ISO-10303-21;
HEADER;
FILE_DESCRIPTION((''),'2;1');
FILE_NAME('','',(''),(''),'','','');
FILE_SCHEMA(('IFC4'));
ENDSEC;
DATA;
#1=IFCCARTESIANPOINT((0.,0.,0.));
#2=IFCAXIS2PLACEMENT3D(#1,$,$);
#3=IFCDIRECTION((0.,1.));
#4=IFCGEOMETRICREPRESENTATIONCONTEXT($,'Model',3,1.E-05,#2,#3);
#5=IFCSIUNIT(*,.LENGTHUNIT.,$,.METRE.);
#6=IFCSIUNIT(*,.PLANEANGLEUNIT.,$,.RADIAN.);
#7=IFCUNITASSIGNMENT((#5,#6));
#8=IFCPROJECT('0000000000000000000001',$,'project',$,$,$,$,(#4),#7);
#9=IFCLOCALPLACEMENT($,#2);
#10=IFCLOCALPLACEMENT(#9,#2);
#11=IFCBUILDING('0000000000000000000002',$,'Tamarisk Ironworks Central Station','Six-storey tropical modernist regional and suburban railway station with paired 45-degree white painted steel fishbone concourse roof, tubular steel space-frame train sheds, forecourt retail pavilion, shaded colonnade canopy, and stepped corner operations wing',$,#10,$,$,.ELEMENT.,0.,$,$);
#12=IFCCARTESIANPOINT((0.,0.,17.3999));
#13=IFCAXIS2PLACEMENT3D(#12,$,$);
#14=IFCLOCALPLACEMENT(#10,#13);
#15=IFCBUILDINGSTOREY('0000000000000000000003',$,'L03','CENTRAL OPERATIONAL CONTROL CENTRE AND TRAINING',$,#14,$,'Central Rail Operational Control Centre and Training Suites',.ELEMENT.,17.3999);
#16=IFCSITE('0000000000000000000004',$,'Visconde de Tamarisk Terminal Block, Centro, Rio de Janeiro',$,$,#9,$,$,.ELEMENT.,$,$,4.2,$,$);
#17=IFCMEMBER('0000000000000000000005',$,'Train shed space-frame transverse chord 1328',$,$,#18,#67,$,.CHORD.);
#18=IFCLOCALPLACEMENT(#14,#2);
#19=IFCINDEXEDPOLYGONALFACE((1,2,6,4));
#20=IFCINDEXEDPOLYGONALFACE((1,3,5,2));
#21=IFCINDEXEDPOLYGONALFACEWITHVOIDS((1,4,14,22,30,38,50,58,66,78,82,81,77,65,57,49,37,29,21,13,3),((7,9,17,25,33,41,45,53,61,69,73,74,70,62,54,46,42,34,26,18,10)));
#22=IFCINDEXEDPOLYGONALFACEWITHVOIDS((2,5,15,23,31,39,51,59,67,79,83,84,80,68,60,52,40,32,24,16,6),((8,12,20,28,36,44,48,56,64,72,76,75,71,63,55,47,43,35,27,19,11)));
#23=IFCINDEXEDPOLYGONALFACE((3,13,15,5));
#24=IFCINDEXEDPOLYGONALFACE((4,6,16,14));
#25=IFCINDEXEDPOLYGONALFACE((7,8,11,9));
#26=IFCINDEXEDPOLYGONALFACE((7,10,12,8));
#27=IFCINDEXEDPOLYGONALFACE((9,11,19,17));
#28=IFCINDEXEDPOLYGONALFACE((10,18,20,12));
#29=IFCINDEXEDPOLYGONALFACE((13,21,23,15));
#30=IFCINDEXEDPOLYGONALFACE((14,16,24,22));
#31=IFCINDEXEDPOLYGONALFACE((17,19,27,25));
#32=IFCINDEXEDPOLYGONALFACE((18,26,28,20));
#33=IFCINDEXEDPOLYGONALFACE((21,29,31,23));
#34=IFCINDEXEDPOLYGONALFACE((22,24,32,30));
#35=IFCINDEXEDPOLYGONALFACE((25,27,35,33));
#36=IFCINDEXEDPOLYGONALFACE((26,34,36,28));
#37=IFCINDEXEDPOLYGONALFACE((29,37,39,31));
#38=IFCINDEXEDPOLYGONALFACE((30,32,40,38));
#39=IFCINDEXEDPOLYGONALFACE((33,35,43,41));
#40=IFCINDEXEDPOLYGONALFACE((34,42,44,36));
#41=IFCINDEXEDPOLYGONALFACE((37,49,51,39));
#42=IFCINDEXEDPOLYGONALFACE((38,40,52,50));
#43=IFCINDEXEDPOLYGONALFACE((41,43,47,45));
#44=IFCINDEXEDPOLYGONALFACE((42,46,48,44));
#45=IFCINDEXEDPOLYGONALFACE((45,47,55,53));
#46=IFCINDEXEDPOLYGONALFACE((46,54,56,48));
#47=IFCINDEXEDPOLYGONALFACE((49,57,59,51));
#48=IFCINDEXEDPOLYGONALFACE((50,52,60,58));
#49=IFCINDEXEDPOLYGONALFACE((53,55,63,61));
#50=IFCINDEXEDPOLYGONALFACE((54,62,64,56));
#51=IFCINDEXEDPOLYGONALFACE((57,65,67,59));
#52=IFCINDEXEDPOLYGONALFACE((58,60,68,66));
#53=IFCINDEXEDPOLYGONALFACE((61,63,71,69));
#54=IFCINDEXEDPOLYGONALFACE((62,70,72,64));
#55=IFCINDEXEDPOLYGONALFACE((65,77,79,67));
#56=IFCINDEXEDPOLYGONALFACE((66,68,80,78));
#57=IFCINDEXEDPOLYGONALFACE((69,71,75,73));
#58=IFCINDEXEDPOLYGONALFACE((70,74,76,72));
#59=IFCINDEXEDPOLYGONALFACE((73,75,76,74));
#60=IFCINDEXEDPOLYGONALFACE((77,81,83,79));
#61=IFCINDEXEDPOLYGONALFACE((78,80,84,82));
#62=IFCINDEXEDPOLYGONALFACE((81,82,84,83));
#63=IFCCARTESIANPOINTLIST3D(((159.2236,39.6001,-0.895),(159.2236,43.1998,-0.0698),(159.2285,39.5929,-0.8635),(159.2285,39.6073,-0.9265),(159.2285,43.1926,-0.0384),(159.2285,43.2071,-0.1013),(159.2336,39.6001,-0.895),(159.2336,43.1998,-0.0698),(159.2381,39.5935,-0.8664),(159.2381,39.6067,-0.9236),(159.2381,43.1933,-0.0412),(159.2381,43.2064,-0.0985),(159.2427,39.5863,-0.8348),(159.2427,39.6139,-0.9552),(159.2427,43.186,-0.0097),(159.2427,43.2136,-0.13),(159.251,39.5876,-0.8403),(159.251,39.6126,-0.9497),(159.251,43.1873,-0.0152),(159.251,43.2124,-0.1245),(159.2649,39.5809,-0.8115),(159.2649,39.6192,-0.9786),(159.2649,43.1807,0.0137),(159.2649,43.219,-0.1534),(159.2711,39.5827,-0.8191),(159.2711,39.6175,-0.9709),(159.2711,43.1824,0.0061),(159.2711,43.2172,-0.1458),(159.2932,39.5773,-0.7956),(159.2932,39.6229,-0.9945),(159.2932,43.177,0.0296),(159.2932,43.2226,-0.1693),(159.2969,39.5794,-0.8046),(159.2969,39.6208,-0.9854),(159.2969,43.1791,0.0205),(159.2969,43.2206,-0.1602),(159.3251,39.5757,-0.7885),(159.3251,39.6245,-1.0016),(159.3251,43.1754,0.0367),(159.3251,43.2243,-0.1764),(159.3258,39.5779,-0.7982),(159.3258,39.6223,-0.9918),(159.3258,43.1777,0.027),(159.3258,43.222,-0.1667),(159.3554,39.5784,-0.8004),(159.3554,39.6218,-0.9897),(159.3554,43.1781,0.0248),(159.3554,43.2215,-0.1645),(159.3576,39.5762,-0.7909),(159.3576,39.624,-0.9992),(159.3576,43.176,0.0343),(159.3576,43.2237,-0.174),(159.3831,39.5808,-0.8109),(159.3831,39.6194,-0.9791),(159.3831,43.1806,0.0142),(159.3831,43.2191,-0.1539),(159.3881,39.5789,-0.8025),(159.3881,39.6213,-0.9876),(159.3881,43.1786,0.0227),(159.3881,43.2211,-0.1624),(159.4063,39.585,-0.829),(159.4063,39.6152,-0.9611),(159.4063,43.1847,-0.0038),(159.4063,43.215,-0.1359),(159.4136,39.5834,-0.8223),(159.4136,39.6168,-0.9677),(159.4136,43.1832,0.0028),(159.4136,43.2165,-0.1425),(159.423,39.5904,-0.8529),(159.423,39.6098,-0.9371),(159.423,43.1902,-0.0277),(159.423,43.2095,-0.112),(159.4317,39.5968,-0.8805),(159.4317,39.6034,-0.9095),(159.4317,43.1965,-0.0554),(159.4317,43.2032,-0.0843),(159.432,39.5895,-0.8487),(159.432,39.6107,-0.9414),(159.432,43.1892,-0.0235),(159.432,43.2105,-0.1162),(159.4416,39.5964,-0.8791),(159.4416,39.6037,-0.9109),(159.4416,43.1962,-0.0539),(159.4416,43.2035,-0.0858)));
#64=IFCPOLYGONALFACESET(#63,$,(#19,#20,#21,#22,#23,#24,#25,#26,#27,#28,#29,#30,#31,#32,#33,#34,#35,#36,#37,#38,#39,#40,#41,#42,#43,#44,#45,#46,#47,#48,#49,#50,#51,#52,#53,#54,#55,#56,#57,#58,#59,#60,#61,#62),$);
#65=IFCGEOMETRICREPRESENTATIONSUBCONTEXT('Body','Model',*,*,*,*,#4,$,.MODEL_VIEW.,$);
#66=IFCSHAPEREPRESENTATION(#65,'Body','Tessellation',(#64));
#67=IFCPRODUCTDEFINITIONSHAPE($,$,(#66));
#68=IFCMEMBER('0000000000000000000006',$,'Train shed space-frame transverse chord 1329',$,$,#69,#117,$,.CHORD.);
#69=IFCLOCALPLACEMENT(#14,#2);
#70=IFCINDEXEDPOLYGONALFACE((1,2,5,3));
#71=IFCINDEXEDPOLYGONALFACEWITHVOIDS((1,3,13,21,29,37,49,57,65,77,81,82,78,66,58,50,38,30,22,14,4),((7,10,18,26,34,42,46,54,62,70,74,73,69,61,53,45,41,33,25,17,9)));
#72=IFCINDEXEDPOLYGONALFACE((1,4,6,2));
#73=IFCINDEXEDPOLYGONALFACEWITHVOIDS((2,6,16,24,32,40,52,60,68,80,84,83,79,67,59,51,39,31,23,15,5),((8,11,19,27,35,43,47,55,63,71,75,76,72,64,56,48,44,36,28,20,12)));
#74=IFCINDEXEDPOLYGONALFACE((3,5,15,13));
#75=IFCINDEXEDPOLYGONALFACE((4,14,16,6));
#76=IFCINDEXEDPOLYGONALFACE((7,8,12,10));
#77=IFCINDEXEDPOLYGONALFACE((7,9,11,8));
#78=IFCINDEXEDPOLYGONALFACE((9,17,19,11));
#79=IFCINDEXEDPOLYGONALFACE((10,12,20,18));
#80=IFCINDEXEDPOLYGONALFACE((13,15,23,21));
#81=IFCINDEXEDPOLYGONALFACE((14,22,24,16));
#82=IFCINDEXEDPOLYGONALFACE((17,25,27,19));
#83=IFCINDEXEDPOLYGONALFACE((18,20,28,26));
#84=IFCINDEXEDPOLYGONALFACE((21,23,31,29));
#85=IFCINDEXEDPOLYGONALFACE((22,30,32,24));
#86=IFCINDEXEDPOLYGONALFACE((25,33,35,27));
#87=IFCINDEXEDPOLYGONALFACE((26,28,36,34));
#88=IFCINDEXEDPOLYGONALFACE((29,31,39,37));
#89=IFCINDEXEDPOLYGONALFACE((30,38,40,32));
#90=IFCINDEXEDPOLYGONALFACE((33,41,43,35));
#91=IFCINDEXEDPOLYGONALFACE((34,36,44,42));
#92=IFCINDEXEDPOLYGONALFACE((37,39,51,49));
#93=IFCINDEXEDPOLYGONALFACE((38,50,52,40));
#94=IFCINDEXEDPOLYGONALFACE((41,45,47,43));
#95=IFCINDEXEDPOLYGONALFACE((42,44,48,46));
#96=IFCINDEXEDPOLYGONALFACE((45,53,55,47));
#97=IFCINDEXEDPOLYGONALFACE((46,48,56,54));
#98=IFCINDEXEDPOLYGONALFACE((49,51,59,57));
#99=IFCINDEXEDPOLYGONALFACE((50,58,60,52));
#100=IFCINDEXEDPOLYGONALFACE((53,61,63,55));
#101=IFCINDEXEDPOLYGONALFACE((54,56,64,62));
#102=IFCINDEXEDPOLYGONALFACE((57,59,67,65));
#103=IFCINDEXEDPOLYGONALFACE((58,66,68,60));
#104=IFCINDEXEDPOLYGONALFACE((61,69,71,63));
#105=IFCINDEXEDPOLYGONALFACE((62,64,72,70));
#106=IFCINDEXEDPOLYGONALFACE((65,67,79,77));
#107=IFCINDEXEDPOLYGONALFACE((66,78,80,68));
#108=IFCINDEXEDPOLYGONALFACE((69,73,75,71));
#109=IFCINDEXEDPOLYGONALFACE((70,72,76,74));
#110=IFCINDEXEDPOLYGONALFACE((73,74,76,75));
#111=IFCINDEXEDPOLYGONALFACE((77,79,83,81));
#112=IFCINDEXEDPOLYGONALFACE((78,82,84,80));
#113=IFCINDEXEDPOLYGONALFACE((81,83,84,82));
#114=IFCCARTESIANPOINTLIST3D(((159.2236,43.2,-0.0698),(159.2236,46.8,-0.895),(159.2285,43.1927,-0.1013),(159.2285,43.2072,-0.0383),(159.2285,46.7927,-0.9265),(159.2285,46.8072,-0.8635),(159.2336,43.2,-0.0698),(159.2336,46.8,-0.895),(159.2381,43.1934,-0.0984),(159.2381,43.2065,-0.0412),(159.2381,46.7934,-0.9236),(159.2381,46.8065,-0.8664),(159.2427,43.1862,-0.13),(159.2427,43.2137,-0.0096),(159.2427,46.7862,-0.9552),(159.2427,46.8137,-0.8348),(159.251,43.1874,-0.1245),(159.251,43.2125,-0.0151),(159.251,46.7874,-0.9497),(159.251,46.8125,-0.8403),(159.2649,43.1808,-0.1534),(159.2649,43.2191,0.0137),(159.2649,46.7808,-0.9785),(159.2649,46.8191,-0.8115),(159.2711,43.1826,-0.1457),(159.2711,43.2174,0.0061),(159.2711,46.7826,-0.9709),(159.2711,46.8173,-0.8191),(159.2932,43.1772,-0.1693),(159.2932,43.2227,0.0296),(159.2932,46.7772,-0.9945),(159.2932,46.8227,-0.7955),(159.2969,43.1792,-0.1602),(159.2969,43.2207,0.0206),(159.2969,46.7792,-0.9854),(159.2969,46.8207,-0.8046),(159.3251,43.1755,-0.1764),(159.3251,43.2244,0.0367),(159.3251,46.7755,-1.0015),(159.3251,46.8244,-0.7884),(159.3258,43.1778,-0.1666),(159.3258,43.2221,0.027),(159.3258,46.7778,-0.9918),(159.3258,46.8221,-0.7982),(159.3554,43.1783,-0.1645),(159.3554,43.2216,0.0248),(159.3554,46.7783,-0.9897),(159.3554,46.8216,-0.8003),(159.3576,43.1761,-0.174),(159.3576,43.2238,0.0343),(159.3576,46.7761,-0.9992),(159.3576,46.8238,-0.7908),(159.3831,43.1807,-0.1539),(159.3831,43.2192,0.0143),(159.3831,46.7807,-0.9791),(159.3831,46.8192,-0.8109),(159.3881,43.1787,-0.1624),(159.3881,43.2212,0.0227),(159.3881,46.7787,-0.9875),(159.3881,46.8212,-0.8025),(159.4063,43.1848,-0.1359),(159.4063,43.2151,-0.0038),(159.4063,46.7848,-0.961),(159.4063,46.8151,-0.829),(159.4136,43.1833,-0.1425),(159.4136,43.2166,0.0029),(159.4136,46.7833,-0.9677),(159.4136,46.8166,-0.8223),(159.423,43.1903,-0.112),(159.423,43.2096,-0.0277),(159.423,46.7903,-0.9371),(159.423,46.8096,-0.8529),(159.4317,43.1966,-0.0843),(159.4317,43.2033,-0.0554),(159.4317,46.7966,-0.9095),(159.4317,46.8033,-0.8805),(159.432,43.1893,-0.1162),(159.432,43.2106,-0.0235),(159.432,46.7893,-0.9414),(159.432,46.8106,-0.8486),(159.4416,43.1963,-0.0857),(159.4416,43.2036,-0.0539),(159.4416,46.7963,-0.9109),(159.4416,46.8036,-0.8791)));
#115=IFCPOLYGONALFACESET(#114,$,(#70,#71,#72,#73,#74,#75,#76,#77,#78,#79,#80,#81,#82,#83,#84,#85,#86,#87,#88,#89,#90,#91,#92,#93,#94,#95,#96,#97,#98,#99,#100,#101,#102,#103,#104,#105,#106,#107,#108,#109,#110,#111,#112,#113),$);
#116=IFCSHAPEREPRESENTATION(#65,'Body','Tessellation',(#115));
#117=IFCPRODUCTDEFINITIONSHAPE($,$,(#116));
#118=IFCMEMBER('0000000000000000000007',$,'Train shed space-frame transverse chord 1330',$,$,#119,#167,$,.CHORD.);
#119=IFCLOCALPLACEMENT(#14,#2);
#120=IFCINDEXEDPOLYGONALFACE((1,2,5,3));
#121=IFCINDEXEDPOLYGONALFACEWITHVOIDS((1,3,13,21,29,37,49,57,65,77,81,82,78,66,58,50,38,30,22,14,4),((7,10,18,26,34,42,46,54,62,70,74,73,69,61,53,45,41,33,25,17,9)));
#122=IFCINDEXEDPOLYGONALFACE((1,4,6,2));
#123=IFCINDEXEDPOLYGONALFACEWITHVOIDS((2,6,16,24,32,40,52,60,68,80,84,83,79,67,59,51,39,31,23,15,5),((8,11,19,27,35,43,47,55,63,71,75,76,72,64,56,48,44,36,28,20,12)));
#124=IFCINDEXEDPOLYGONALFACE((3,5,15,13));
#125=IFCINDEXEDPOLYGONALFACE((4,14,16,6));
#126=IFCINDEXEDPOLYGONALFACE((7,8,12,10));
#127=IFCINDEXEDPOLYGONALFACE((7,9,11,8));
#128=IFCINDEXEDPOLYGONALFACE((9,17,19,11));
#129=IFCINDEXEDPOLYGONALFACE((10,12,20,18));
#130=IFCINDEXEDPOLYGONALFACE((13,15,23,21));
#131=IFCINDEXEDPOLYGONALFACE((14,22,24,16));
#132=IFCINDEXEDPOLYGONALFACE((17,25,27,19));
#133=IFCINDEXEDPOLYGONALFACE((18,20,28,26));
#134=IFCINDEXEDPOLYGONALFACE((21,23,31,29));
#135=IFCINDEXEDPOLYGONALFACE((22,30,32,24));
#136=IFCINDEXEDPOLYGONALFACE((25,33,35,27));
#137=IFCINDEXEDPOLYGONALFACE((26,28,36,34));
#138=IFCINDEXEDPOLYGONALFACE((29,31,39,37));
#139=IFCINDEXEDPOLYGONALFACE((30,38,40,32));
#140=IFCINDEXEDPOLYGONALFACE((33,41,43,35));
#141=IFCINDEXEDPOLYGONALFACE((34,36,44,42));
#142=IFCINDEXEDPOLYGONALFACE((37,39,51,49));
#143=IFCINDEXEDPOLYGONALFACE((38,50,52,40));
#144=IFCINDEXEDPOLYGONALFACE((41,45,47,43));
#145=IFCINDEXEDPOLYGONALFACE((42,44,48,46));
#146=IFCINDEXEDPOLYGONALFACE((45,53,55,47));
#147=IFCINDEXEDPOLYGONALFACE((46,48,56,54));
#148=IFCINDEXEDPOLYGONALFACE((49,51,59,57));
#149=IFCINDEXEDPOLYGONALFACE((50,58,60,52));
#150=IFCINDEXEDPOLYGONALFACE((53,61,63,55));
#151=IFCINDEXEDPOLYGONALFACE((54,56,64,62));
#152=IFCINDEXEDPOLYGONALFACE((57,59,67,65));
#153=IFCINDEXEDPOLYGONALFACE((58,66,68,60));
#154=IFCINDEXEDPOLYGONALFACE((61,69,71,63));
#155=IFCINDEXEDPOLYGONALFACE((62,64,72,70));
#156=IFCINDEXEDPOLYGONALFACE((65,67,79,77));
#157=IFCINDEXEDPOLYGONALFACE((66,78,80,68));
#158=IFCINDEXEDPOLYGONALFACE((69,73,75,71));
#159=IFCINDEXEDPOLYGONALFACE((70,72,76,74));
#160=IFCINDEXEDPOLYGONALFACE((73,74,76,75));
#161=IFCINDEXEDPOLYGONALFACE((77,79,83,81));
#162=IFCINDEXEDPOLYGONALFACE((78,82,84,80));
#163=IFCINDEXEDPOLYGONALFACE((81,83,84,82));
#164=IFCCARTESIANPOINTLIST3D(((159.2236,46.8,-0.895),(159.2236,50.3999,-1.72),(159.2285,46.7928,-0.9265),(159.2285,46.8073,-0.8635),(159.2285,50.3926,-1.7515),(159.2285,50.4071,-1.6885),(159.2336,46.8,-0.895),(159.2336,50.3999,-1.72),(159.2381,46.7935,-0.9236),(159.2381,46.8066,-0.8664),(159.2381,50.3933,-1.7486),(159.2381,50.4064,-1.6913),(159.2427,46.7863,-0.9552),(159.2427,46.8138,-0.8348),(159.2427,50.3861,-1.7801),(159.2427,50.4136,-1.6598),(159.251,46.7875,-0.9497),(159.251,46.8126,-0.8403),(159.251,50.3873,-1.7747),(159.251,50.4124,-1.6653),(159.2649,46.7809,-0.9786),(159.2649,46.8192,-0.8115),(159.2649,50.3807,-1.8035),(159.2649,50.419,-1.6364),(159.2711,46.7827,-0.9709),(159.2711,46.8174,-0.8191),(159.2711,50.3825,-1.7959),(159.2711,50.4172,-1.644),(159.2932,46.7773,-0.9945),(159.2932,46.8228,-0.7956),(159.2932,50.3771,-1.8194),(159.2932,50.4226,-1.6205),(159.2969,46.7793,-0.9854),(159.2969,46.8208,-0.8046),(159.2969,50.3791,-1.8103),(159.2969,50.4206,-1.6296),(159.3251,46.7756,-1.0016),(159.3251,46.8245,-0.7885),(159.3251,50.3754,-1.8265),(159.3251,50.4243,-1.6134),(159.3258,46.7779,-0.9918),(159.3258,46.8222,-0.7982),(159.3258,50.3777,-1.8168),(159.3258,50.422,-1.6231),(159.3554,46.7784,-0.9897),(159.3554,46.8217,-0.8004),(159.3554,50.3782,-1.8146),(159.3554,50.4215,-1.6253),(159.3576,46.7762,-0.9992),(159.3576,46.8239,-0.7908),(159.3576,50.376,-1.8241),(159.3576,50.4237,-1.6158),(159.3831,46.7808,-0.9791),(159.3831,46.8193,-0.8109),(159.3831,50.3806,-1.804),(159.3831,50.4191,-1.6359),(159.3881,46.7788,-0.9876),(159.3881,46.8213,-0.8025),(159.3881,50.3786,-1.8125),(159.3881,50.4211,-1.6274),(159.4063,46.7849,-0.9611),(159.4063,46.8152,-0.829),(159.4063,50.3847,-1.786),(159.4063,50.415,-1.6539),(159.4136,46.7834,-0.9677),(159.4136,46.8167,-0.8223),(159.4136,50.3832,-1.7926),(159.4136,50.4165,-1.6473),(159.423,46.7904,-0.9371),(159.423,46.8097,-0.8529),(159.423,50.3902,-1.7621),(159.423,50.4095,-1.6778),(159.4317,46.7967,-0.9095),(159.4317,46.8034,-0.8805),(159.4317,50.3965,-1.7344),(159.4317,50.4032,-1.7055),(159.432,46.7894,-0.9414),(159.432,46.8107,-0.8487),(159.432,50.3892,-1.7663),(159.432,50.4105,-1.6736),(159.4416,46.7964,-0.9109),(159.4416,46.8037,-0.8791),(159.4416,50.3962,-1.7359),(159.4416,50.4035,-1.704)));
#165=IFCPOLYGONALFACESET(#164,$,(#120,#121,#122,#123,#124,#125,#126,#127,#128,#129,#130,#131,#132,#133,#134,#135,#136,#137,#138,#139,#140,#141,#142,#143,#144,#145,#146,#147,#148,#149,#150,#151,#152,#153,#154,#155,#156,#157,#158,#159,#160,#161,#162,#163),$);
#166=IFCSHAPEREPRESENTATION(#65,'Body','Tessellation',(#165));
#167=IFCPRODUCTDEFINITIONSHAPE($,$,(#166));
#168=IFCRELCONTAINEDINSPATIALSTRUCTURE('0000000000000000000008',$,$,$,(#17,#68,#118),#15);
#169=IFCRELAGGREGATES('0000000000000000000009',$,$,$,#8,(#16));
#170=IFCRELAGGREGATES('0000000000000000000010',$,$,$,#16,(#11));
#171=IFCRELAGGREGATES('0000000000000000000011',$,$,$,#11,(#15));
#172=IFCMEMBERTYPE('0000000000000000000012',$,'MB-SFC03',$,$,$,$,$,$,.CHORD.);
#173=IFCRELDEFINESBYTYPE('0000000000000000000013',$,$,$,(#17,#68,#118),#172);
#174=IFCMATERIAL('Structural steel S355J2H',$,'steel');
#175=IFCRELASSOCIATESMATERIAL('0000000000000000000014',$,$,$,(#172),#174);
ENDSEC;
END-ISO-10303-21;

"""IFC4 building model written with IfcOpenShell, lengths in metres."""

from ifc_helpers import new_model, si_unit, direction, frame, origin, origin_2d, place, context, subcontext, project, spatial, hollow_circle, extrude, material, material_profile, profile_set, type_object, element, save


model = new_model("IFC4")

# Units and contexts
model_context = context("Model", 3, precision=1e-05, world=origin(), true_north=direction((0.0, 1.0)))
body_context = subcontext(model_context, "Body", "Model", "MODEL_VIEW")
ifc_project = project(units=[si_unit("LENGTHUNIT", "METRE"), si_unit("PLANEANGLEUNIT", "RADIAN")], contexts=[model_context])

# Site, building, storey
site_placement = place(None, origin())
site = spatial("IfcSite", under=ifc_project, at=site_placement, Name="Visconde de Tamarisk Terminal Block, Centro, Rio de Janeiro", CompositionType="ELEMENT", RefElevation=4.2)
building_placement = place(site_placement, origin())
building = spatial("IfcBuilding", under=site, at=building_placement, Name="Tamarisk Ironworks Central Station", Description="Six-storey tropical modernist regional and suburban railway station with paired 45-degree white painted steel fishbone concourse roof, tubular steel space-frame train sheds, forecourt retail pavilion, shaded colonnade canopy, and stepped corner operations wing", CompositionType="ELEMENT", ElevationOfRefHeight=0.0)
storey_placement = place(building_placement, frame((0.0, 0.0, 17.3999)))
storey = spatial("IfcBuildingStorey", under=building, at=storey_placement, Name="L03", Description="CENTRAL OPERATIONAL CONTROL CENTRE AND TRAINING", LongName="Central Rail Operational Control Centre and Training Suites", CompositionType="ELEMENT", Elevation=17.3999)

# Members
ifc_material = material(Name="Structural steel S355J2H", Category="steel")
ifc_material_profile_1 = material_profile(ifc_material, hollow_circle(Radius=0.1096, WallThickness=0.01, at=origin_2d()), Name="CHS 219.1x10")
ifc_profile_set_1 = profile_set([ifc_material_profile_1], Name="Structural steel S355J2H")
member_type_1 = type_object("IfcMemberType", Name="MB-SFC03", PredefinedType="CHORD", material=ifc_profile_set_1)
member_1_placement = place(storey_placement, frame((159.3333, 39.6001, -0.895), z_axis=(0.0, 0.974719, 0.223435), x_axis=(-1.0, 0.0, 0.0)))
element("IfcMember", 1, at=member_1_placement, inside=storey, type_object=member_type_1, Name="Train shed space-frame transverse chord 1328", PredefinedType="CHORD", context=body_context, shape_type="SweptSolid", body=[
    extrude(hollow_circle(Radius=0.1096, WallThickness=0.01, at=origin_2d()), origin(), (0.0, 0.0, 1.0), 3.6931),
])
member_2_placement = place(storey_placement, frame((159.3333, 43.2, -0.0698), z_axis=(0.0, 0.974722, -0.223421), x_axis=(-1.0, 0.0, 0.0)))
element("IfcMember", 2, at=member_2_placement, inside=storey, type_object=member_type_1, Name="Train shed space-frame transverse chord 1329", PredefinedType="CHORD", context=body_context, shape_type="SweptSolid", body=[
    extrude(hollow_circle(Radius=0.1096, WallThickness=0.01, at=origin_2d()), origin(), (0.0, 0.0, 1.0), 3.6934),
])
for number, where, z_axis, x_axis, name in (
    (3, (159.3333, 46.8, -0.895), (0.0, 0.974733, -0.223372), (-1.0, 0.0, 0.0), "Train shed space-frame transverse chord 1330"),
):
    element("IfcMember", number, at=place(storey_placement, frame(where, z_axis=z_axis, x_axis=x_axis)), inside=storey, type_object=member_type_1, Name=name, PredefinedType="CHORD", context=body_context, shape_type="SweptSolid", body=[
        extrude(hollow_circle(Radius=0.1096, WallThickness=0.01, at=origin_2d()), origin(), (0.0, 0.0, 1.0), 3.6931),
    ])

save(model, "model.ifc")
